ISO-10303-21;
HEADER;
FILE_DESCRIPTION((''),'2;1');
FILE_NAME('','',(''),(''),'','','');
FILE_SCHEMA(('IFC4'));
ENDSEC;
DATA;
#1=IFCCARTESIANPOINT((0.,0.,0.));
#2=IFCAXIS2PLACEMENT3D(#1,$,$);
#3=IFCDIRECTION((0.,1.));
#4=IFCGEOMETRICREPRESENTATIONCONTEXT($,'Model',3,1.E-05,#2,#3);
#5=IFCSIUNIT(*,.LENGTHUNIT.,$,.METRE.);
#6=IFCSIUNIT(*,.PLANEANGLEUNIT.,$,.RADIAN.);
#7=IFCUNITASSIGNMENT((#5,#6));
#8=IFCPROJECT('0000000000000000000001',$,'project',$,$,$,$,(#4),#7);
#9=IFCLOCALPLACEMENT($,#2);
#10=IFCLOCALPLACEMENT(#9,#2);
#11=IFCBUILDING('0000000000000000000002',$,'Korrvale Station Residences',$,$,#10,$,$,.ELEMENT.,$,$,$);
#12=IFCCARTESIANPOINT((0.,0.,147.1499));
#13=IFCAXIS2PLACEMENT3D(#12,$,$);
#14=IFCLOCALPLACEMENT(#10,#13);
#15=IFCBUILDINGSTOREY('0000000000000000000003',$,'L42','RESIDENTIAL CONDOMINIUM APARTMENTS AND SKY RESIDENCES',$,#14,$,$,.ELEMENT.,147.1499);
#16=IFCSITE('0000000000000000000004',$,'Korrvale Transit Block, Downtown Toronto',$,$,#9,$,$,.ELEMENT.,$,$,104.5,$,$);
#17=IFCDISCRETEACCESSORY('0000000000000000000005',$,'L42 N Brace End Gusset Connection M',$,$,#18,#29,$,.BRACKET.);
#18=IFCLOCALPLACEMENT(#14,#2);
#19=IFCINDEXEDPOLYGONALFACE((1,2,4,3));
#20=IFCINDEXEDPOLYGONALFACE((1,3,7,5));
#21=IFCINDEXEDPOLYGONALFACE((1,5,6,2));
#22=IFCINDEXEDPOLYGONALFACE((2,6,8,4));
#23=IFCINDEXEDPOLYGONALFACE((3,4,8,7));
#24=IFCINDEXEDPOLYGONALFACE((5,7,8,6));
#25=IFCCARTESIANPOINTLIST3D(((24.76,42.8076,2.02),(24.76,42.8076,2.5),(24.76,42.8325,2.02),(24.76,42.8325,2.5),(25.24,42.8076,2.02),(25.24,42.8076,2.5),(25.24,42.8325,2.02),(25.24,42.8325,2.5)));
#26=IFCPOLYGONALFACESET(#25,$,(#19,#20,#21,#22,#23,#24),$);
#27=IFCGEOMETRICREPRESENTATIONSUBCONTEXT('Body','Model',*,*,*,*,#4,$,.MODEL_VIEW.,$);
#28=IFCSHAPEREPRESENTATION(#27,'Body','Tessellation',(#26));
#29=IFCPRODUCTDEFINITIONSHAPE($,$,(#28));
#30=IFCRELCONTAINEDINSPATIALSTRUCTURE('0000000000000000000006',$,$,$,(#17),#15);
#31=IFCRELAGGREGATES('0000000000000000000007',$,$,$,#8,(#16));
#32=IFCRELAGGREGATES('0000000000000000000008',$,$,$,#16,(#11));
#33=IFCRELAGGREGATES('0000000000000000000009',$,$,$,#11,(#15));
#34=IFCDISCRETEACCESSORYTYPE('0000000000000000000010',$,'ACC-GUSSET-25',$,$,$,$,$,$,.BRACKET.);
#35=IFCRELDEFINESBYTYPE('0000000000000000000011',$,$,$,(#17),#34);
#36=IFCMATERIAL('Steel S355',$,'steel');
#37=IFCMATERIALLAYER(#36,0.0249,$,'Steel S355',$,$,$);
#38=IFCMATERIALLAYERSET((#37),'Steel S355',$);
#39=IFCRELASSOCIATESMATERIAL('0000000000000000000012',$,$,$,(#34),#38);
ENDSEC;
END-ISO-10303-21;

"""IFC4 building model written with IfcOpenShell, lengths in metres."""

from ifc_helpers import new_model, si_unit, direction, frame, origin, origin_2d, place, context, subcontext, project, spatial, rectangle, extrude, material, layer, layer_set, type_object, element, save


model = new_model("IFC4")

# Units and contexts
model_context = context("Model", 3, precision=1e-05, world=origin(), true_north=direction((0.0, 1.0)))
body_context = subcontext(model_context, "Body", "Model", "MODEL_VIEW")
ifc_project = project(units=[si_unit("LENGTHUNIT", "METRE"), si_unit("PLANEANGLEUNIT", "RADIAN")], contexts=[model_context])

# Site, building, storey
site_placement = place(None, origin())
site = spatial("IfcSite", under=ifc_project, at=site_placement, Name="Korrvale Transit Block, Downtown Toronto", CompositionType="ELEMENT", RefElevation=104.5)
building_placement = place(site_placement, origin())
building = spatial("IfcBuilding", under=site, at=building_placement, Name="Korrvale Station Residences", CompositionType="ELEMENT")
storey_placement = place(building_placement, frame((0.0, 0.0, 147.1499)))
storey = spatial("IfcBuildingStorey", under=building, at=storey_placement, Name="L42", Description="RESIDENTIAL CONDOMINIUM APARTMENTS AND SKY RESIDENCES", CompositionType="ELEMENT", Elevation=147.1499)

# Shared definitions
ifc_material_1 = material(Name="Steel S355", Category="steel")

# Discrete accessory
ifc_layer_1 = layer(ifc_material_1, 0.0249, Name="Steel S355")
ifc_layer_set_1 = layer_set([ifc_layer_1], Name="Steel S355")
discrete_accessory_type = type_object("IfcDiscreteAccessoryType", Name="ACC-GUSSET-25", PredefinedType="BRACKET", material=ifc_layer_set_1)
for number, where, z_axis, x_axis, name in (
    (1, (25.0, 42.8201, 2.02), (0.0, 0.0, 1.0), (1.0, 0.0, 0.0), "L42 N Brace End Gusset Connection M"),
):
    element("IfcDiscreteAccessory", number, at=place(storey_placement, frame(where, z_axis=z_axis, x_axis=x_axis)), inside=storey, type_object=discrete_accessory_type, Name=name, PredefinedType="BRACKET", context=body_context, shape_type="SweptSolid", body=[
        extrude(rectangle(XDim=0.48, YDim=0.0249, at=origin_2d()), origin(), (0.0, 0.0, 1.0), 0.48),
    ])

save(model, "model.ifc")
